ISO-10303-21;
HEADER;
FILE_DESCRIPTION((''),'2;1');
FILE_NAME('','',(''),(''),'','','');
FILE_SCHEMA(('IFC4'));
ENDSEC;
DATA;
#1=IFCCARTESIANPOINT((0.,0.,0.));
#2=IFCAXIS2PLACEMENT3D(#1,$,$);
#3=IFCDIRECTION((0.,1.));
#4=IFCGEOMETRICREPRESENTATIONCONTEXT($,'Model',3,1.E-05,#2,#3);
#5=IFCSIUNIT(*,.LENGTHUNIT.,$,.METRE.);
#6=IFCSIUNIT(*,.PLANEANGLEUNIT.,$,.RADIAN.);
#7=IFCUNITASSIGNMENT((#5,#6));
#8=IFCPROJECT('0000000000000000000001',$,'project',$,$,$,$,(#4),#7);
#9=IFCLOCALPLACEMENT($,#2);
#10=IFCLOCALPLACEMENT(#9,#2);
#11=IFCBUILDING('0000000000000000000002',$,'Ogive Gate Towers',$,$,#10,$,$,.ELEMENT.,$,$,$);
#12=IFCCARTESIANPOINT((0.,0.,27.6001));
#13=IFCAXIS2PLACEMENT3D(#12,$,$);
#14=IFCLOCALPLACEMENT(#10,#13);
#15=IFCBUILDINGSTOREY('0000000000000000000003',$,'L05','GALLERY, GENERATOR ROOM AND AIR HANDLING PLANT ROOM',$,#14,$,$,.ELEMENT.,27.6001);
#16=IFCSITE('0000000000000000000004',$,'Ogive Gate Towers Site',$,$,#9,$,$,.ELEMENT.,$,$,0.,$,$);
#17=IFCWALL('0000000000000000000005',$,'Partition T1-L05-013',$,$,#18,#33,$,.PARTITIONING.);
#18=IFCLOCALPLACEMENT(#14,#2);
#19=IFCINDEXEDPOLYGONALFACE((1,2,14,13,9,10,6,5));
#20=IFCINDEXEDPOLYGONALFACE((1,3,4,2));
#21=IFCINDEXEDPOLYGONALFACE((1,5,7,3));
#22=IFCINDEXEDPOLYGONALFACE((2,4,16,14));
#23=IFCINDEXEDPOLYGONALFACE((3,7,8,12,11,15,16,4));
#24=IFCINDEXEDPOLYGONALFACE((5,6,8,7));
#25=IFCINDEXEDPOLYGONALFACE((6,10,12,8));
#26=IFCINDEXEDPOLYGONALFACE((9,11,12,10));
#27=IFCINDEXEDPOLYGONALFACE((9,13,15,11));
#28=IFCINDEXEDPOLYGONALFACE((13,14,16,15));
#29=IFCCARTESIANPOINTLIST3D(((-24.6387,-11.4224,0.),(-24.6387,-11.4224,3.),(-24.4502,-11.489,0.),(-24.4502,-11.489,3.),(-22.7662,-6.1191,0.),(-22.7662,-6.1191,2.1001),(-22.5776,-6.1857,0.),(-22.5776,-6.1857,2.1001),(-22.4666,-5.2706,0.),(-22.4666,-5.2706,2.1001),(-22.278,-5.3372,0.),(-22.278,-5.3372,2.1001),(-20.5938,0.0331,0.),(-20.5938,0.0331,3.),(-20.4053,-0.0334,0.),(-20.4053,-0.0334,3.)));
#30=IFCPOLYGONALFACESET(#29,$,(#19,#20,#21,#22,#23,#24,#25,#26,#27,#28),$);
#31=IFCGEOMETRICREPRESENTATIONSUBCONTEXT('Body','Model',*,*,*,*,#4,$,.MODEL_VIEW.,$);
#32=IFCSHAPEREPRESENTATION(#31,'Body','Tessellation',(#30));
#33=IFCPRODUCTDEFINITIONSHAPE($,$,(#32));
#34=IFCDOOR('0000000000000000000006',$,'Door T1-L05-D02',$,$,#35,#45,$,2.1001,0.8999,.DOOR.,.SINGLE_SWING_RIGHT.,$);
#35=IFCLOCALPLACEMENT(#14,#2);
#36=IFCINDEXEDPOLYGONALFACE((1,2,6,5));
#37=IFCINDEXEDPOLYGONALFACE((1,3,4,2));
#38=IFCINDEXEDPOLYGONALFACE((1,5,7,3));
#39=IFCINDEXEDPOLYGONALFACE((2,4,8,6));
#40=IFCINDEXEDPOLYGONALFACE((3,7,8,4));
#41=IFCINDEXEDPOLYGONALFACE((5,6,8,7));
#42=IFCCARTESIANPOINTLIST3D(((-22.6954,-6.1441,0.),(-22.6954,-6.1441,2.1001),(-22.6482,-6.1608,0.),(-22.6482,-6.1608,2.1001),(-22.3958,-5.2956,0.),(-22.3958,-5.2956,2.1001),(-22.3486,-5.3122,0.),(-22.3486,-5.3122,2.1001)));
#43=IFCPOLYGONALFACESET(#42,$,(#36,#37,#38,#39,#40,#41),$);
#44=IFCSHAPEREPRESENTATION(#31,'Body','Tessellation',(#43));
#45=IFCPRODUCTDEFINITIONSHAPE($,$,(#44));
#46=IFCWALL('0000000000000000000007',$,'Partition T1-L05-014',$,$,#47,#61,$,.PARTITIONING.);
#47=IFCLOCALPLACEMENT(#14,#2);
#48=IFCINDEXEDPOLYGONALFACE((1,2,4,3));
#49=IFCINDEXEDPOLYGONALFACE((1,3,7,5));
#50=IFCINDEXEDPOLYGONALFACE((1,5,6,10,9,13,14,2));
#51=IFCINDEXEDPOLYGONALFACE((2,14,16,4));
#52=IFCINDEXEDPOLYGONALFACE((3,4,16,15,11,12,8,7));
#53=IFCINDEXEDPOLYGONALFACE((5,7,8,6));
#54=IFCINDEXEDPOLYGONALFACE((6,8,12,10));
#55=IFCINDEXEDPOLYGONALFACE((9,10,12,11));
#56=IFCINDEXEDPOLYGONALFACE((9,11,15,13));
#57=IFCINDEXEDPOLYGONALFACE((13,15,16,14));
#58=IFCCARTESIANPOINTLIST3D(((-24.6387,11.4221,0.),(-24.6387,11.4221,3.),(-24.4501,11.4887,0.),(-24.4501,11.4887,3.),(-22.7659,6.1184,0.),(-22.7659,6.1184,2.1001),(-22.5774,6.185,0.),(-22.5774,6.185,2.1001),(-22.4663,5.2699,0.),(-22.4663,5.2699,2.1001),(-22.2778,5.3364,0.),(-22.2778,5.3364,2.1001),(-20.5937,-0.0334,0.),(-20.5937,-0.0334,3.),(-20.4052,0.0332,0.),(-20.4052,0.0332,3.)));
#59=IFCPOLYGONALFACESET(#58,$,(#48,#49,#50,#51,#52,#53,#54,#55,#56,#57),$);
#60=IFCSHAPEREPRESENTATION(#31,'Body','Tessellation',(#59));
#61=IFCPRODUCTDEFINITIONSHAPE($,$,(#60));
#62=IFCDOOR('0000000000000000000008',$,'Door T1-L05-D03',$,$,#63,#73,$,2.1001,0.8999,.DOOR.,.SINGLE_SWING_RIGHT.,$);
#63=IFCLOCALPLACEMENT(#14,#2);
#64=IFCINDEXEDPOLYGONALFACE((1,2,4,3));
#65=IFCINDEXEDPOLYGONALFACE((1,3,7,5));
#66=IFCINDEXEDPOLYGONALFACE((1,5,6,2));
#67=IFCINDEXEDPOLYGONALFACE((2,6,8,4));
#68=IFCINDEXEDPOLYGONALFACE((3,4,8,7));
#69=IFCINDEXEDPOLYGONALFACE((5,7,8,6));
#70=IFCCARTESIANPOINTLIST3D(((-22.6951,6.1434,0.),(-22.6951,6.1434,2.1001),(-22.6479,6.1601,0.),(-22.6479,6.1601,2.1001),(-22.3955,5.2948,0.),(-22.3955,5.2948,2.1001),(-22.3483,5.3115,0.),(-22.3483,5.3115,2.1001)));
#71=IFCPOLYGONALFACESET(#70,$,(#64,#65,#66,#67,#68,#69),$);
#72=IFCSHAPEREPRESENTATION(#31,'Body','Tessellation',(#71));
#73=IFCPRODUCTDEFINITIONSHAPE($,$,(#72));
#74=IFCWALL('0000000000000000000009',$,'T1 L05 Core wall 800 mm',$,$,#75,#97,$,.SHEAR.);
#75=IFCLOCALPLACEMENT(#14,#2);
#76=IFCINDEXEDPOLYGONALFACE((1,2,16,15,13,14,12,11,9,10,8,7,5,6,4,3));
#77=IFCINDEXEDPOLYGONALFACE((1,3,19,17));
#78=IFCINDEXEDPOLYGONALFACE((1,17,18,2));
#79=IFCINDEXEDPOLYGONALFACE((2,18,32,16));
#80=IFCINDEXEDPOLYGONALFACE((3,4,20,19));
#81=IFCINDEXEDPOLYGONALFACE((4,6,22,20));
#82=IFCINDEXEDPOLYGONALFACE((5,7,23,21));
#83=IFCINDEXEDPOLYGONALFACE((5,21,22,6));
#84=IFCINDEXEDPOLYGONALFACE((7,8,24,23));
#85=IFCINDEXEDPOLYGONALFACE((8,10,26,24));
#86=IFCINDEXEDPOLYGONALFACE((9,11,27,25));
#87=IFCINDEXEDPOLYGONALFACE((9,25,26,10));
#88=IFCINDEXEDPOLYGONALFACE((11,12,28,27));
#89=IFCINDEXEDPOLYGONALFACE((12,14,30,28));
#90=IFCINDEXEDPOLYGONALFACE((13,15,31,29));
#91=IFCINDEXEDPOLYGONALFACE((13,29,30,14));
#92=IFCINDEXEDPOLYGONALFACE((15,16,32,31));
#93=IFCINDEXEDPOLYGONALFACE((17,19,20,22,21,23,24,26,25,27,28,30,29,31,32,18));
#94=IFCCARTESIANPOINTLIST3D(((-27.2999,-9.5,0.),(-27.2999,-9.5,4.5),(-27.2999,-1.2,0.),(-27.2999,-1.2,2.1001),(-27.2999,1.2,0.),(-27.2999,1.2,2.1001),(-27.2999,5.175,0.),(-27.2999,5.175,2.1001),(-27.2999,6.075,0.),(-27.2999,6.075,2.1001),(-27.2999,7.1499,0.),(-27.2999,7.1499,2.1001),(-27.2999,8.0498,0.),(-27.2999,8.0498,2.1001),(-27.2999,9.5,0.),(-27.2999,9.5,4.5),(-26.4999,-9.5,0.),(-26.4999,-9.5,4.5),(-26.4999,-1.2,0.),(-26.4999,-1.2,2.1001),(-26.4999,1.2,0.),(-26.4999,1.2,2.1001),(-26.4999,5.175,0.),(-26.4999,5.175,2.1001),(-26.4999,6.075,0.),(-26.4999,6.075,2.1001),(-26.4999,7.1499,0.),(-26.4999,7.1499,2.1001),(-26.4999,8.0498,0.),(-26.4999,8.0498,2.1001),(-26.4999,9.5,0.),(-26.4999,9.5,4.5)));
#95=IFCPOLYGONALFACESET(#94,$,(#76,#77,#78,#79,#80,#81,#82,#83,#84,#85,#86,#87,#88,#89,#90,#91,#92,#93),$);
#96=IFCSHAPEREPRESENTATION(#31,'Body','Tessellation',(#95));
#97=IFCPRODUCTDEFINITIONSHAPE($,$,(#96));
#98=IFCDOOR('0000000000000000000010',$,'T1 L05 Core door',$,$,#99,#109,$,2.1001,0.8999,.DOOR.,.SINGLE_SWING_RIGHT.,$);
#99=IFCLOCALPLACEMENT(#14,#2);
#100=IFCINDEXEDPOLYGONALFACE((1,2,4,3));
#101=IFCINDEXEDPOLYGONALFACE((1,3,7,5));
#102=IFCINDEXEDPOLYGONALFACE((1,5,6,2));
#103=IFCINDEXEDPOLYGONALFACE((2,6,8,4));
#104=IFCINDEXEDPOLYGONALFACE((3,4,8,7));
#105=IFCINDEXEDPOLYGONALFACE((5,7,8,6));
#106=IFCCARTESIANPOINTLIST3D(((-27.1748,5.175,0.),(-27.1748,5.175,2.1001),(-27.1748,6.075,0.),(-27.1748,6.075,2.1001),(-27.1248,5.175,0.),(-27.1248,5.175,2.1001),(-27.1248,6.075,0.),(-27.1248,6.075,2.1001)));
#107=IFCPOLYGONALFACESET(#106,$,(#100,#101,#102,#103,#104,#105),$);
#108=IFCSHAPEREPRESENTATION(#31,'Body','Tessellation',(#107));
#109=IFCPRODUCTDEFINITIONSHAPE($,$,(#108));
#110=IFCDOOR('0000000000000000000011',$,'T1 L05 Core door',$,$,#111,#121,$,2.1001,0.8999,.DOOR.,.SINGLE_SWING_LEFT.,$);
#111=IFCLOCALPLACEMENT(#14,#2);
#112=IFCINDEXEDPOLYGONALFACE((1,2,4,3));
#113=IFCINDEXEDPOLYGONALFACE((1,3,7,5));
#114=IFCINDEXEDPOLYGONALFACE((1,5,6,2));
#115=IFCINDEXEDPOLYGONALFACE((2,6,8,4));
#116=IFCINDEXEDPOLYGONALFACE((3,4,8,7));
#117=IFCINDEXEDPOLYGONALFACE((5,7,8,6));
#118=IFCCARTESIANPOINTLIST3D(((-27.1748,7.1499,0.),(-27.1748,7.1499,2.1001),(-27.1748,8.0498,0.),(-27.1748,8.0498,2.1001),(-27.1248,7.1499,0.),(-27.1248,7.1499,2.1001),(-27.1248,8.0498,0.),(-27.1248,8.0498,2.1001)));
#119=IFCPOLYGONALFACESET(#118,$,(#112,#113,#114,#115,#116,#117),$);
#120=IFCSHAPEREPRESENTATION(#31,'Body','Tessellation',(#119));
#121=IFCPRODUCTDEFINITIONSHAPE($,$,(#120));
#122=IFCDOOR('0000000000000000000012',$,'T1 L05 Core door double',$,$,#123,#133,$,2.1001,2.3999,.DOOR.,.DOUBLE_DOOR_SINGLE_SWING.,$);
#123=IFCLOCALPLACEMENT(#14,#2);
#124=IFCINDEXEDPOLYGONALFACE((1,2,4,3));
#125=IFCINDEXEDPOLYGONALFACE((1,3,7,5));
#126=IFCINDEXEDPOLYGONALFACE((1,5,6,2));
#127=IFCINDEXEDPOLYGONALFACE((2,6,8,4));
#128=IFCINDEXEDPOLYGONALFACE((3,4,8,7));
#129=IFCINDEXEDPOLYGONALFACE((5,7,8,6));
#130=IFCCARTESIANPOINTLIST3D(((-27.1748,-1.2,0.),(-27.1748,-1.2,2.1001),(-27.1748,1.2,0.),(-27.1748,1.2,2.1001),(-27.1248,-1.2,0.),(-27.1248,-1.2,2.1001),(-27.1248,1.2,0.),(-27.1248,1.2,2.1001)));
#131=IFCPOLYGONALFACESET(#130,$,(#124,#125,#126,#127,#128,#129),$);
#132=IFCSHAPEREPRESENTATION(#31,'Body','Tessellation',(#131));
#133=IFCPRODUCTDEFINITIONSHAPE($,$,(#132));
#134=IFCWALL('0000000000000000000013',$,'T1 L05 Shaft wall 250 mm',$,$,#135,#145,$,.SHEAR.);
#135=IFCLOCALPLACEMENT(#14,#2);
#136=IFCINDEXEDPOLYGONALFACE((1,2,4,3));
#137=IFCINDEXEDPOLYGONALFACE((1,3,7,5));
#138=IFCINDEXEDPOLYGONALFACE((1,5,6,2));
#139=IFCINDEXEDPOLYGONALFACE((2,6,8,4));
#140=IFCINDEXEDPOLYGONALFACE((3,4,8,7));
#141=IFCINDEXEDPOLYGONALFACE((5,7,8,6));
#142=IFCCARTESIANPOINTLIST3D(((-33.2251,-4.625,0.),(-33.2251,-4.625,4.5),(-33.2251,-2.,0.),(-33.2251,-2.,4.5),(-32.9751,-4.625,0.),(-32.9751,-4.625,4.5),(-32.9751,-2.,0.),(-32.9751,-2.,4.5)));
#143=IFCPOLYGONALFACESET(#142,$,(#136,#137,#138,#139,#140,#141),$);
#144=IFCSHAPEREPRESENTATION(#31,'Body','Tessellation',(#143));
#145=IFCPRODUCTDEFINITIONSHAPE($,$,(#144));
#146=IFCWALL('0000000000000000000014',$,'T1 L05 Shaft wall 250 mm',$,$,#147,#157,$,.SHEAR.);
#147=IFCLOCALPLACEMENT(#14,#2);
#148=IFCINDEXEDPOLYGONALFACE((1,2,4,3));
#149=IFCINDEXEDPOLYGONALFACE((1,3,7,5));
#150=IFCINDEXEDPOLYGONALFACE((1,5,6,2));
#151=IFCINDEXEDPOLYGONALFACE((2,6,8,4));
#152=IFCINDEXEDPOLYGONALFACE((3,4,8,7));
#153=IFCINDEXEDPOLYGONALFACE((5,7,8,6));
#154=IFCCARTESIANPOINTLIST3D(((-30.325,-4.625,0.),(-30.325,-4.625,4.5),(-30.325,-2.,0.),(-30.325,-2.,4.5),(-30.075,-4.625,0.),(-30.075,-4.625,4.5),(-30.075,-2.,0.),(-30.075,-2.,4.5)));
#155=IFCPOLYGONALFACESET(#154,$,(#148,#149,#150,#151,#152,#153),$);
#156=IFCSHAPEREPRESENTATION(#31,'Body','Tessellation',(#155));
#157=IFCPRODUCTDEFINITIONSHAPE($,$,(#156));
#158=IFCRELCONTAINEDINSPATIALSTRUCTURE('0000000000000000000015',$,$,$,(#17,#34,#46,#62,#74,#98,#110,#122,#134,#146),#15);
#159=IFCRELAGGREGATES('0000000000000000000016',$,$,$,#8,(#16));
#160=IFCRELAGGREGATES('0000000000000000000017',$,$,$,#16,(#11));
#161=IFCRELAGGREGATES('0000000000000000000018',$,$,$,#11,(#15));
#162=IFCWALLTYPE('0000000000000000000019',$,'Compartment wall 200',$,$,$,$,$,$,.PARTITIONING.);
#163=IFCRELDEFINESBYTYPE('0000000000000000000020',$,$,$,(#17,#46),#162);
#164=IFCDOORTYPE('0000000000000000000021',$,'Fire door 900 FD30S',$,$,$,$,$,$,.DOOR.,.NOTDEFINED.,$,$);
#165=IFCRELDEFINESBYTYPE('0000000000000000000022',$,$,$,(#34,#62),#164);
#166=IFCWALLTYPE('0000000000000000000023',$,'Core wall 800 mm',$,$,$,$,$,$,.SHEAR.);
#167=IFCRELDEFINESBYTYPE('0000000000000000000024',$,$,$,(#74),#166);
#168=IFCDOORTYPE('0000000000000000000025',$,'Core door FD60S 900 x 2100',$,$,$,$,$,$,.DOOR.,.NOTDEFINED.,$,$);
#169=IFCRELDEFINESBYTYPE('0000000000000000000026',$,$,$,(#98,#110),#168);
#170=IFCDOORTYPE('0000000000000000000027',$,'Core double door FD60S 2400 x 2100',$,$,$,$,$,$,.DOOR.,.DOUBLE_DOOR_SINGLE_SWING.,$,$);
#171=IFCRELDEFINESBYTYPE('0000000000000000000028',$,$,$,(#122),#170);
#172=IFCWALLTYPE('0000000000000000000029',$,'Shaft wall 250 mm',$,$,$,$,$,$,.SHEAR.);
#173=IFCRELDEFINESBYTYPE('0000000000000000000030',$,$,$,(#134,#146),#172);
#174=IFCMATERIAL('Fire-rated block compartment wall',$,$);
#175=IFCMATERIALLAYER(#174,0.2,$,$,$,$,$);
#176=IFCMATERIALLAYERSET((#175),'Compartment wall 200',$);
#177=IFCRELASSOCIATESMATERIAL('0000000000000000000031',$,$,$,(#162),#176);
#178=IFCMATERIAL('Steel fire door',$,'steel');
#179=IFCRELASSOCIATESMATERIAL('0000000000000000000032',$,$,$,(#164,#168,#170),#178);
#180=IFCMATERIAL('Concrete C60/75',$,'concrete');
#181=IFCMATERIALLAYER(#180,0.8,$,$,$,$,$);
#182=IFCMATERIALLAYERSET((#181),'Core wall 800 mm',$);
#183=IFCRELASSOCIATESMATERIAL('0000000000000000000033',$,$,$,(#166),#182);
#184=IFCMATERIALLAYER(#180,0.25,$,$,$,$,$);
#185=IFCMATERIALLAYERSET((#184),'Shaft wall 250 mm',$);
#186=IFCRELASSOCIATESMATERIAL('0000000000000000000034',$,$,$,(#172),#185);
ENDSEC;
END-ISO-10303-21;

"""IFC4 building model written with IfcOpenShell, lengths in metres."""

from ifc_helpers import new_model, si_unit, direction, frame, frame_2d, origin, place, context, subcontext, project, spatial, rectangle, extrude, material, layer, layer_set, type_object, element, fill, save


model = new_model("IFC4")

# Units and contexts
model_context = context("Model", 3, precision=1e-05, world=origin(), true_north=direction((0.0, 1.0)))
body_context = subcontext(model_context, "Body", "Model", "MODEL_VIEW")
ifc_project = project(units=[si_unit("LENGTHUNIT", "METRE"), si_unit("PLANEANGLEUNIT", "RADIAN")], contexts=[model_context])

# Site, building, storey
site_placement = place(None, origin())
site = spatial("IfcSite", under=ifc_project, at=site_placement, Name="Ogive Gate Towers Site", CompositionType="ELEMENT", RefElevation=0.0)
building_placement = place(site_placement, origin())
building = spatial("IfcBuilding", under=site, at=building_placement, Name="Ogive Gate Towers", CompositionType="ELEMENT")
storey_placement = place(building_placement, frame((0.0, 0.0, 27.6001)))
storey = spatial("IfcBuildingStorey", under=building, at=storey_placement, Name="L05", Description="GALLERY, GENERATOR ROOM AND AIR HANDLING PLANT ROOM", CompositionType="ELEMENT", Elevation=27.6001)

# Walls, openings, doors
ifc_material_1 = material(Name="Fire-rated block compartment wall")
ifc_layer_1 = layer(ifc_material_1, 0.2)
ifc_layer_set_1 = layer_set([ifc_layer_1], Name="Compartment wall 200")
wall_type_1 = type_object("IfcWallType", Name="Compartment wall 200", PredefinedType="PARTITIONING", material=ifc_layer_set_1)
ifc_material_2 = material(Name="Steel fire door", Category="steel")
door_type_1 = type_object("IfcDoorType", Name="Fire door 900 FD30S", OperationType="NOTDEFINED", PredefinedType="DOOR", material=ifc_material_2)
wall_1_placement = place(storey_placement, frame((-24.5444, -11.4556, 0.0), z_axis=(0.0, 0.0, 1.0), x_axis=(0.33295, 0.942944, 0.0)))
wall_1 = element("IfcWall", 1, at=wall_1_placement, inside=storey, type_object=wall_type_1, Name="Partition T1-L05-013", PredefinedType="PARTITIONING", context=body_context, shape_type="SweptSolid", body=[
    extrude(rectangle(XDim=12.1487, YDim=0.2, at=frame_2d((6.0742, 0.0))), origin(), (0.0, 0.0, 1.0), 3.0),
])
opening_1_placement = place(wall_1_placement, frame((5.624, 0.0, 0.0)))
opening_1 = element("IfcOpeningElement", 2, at=opening_1_placement, cuts=wall_1, PredefinedType="OPENING", context=body_context, shape_type="SweptSolid", body=[
    extrude(rectangle(XDim=0.8999, YDim=2.1001, at=frame_2d((0.45, 1.05))), frame((0.0, 0.1099, 0.0), z_axis=(0.0, -1.0, 0.0), x_axis=(1.0, 0.0, 0.0)), (0.0, 0.0, 1.0), 0.22),
])
door_1_placement = place(opening_1_placement, origin())
door_1 = element("IfcDoor", 3, at=door_1_placement, inside=storey, type_object=door_type_1, Name="Door T1-L05-D02", OperationType="SINGLE_SWING_RIGHT", OverallHeight=2.1001, OverallWidth=0.8999, PredefinedType="DOOR", context=body_context, shape_type="SweptSolid", body=[
    extrude(rectangle(XDim=0.8999, YDim=2.1001, at=frame_2d((0.45, 1.05))), frame((0.0, 0.0249, 0.0), z_axis=(0.0, -1.0, 0.0), x_axis=(1.0, 0.0, 0.0)), (0.0, 0.0, 1.0), 0.05),
])
fill(opening_1, door_1)
wall_2_placement = place(storey_placement, frame((-20.4995, 0.0, 0.0), z_axis=(0.0, 0.0, 1.0), x_axis=(-0.33295, 0.942944, 0.0)))
wall_2 = element("IfcWall", 4, at=wall_2_placement, inside=storey, type_object=wall_type_1, Name="Partition T1-L05-014", PredefinedType="PARTITIONING", context=body_context, shape_type="SweptSolid", body=[
    extrude(rectangle(XDim=12.1487, YDim=0.2, at=frame_2d((6.0742, 0.0))), origin(), (0.0, 0.0, 1.0), 3.0),
])
opening_2_placement = place(wall_2_placement, frame((5.624, 0.0, 0.0)))
opening_2 = element("IfcOpeningElement", 5, at=opening_2_placement, cuts=wall_2, PredefinedType="OPENING", context=body_context, shape_type="SweptSolid", body=[
    extrude(rectangle(XDim=0.8999, YDim=2.1001, at=frame_2d((0.45, 1.05))), frame((0.0, 0.1099, 0.0), z_axis=(0.0, -1.0, 0.0), x_axis=(1.0, 0.0, 0.0)), (0.0, 0.0, 1.0), 0.22),
])
door_2_placement = place(opening_2_placement, origin())
door_2 = element("IfcDoor", 6, at=door_2_placement, inside=storey, type_object=door_type_1, Name="Door T1-L05-D03", OperationType="SINGLE_SWING_RIGHT", OverallHeight=2.1001, OverallWidth=0.8999, PredefinedType="DOOR", context=body_context, shape_type="SweptSolid", body=[
    extrude(rectangle(XDim=0.8999, YDim=2.1001, at=frame_2d((0.45, 1.05))), frame((0.0, 0.0249, 0.0), z_axis=(0.0, -1.0, 0.0), x_axis=(1.0, 0.0, 0.0)), (0.0, 0.0, 1.0), 0.05),
])
fill(opening_2, door_2)

# Wall, openings, doors
ifc_material_3 = material(Name="Concrete C60/75", Category="concrete")
ifc_layer_2 = layer(ifc_material_3, 0.8)
ifc_layer_set_2 = layer_set([ifc_layer_2], Name="Core wall 800 mm")
wall_type_2 = type_object("IfcWallType", Name="Core wall 800 mm", PredefinedType="SHEAR", material=ifc_layer_set_2)
wall_3_placement = place(storey_placement, frame((-26.8999, -9.5, 0.0), z_axis=(0.0, 0.0, 1.0), x_axis=(0.0, 1.0, 0.0)))
wall_3 = element("IfcWall", 7, at=wall_3_placement, inside=storey, type_object=wall_type_2, Name="T1 L05 Core wall 800 mm", PredefinedType="SHEAR", context=body_context, shape_type="SweptSolid", body=[
    extrude(rectangle(XDim=19.0, YDim=0.8, at=frame_2d((9.5, 0.0))), origin(), (0.0, 0.0, 1.0), 4.5),
])
opening_3_placement = place(wall_3_placement, frame((8.3, 0.0, 0.0)))
opening_3 = element("IfcOpeningElement", 8, at=opening_3_placement, cuts=wall_3, PredefinedType="OPENING", context=body_context, shape_type="SweptSolid", body=[
    extrude(rectangle(XDim=2.3999, YDim=2.1001, at=frame_2d((1.2, 1.05))), frame((0.0, 0.4102, 0.0), z_axis=(0.0, -1.0, 0.0), x_axis=(1.0, 0.0, 0.0)), (0.0, 0.0, 1.0), 0.8201),
])
opening_4_placement = place(wall_3_placement, frame((14.675, 0.0, 0.0)))
opening_4 = element("IfcOpeningElement", 9, at=opening_4_placement, cuts=wall_3, PredefinedType="OPENING", context=body_context, shape_type="SweptSolid", body=[
    extrude(rectangle(XDim=0.8999, YDim=2.1001, at=frame_2d((0.45, 1.05))), frame((0.0, 0.4102, 0.0), z_axis=(0.0, -1.0, 0.0), x_axis=(1.0, 0.0, 0.0)), (0.0, 0.0, 1.0), 0.8201),
])
opening_5_placement = place(wall_3_placement, frame((16.6499, 0.0, 0.0)))
opening_5 = element("IfcOpeningElement", 10, at=opening_5_placement, cuts=wall_3, PredefinedType="OPENING", context=body_context, shape_type="SweptSolid", body=[
    extrude(rectangle(XDim=0.8999, YDim=2.1001, at=frame_2d((0.45, 1.05))), frame((0.0, 0.4102, 0.0), z_axis=(0.0, -1.0, 0.0), x_axis=(1.0, 0.0, 0.0)), (0.0, 0.0, 1.0), 0.8201),
])
door_type_2 = type_object("IfcDoorType", Name="Core door FD60S 900 x 2100", OperationType="NOTDEFINED", PredefinedType="DOOR", material=ifc_material_2)
door_3_placement = place(opening_4_placement, origin())
door_3 = element("IfcDoor", 11, at=door_3_placement, inside=storey, type_object=door_type_2, Name="T1 L05 Core door", OperationType="SINGLE_SWING_RIGHT", OverallHeight=2.1001, OverallWidth=0.8999, PredefinedType="DOOR", context=body_context, shape_type="SweptSolid", body=[
    extrude(rectangle(XDim=0.8999, YDim=2.1001, at=frame_2d((0.45, 1.05))), frame((0.0, 0.2749, 0.0), z_axis=(0.0, -1.0, 0.0), x_axis=(1.0, 0.0, 0.0)), (0.0, 0.0, 1.0), 0.05),
])
fill(opening_4, door_3)
door_4_placement = place(opening_5_placement, origin())
door_4 = element("IfcDoor", 12, at=door_4_placement, inside=storey, type_object=door_type_2, Name="T1 L05 Core door", OperationType="SINGLE_SWING_LEFT", OverallHeight=2.1001, OverallWidth=0.8999, PredefinedType="DOOR", context=body_context, shape_type="SweptSolid", body=[
    extrude(rectangle(XDim=0.8999, YDim=2.1001, at=frame_2d((0.45, 1.05))), frame((0.0, 0.2749, 0.0), z_axis=(0.0, -1.0, 0.0), x_axis=(1.0, 0.0, 0.0)), (0.0, 0.0, 1.0), 0.05),
])
fill(opening_5, door_4)
door_type_3 = type_object("IfcDoorType", Name="Core double door FD60S 2400 x 2100", OperationType="DOUBLE_DOOR_SINGLE_SWING", PredefinedType="DOOR", material=ifc_material_2)
door_5_placement = place(opening_3_placement, origin())
door_5 = element("IfcDoor", 13, at=door_5_placement, inside=storey, type_object=door_type_3, Name="T1 L05 Core door double", OperationType="DOUBLE_DOOR_SINGLE_SWING", OverallHeight=2.1001, OverallWidth=2.3999, PredefinedType="DOOR", context=body_context, shape_type="SweptSolid", body=[
    extrude(rectangle(XDim=2.3999, YDim=2.1001, at=frame_2d((1.2, 1.05))), frame((0.0, 0.2749, 0.0), z_axis=(0.0, -1.0, 0.0), x_axis=(1.0, 0.0, 0.0)), (0.0, 0.0, 1.0), 0.05),
])
fill(opening_3, door_5)

# Walls
ifc_layer_3 = layer(ifc_material_3, 0.25)
ifc_layer_set_3 = layer_set([ifc_layer_3], Name="Shaft wall 250 mm")
wall_type_3 = type_object("IfcWallType", Name="Shaft wall 250 mm", PredefinedType="SHEAR", material=ifc_layer_set_3)
for number, where, z_axis, x_axis, name in (
    (14, (-33.1001, -4.625, 0.0), (0.0, 0.0, 1.0), (0.0, 1.0, 0.0), "T1 L05 Shaft wall 250 mm"),
    (15, (-30.2, -4.625, 0.0), (0.0, 0.0, 1.0), (0.0, 1.0, 0.0), "T1 L05 Shaft wall 250 mm"),
):
    element("IfcWall", number, at=place(storey_placement, frame(where, z_axis=z_axis, x_axis=x_axis)), inside=storey, type_object=wall_type_3, Name=name, PredefinedType="SHEAR", context=body_context, shape_type="SweptSolid", body=[
        extrude(rectangle(XDim=2.625, YDim=0.25, at=frame_2d((1.3125, 0.0))), origin(), (0.0, 0.0, 1.0), 4.5),
    ])

save(model, "model.ifc")
